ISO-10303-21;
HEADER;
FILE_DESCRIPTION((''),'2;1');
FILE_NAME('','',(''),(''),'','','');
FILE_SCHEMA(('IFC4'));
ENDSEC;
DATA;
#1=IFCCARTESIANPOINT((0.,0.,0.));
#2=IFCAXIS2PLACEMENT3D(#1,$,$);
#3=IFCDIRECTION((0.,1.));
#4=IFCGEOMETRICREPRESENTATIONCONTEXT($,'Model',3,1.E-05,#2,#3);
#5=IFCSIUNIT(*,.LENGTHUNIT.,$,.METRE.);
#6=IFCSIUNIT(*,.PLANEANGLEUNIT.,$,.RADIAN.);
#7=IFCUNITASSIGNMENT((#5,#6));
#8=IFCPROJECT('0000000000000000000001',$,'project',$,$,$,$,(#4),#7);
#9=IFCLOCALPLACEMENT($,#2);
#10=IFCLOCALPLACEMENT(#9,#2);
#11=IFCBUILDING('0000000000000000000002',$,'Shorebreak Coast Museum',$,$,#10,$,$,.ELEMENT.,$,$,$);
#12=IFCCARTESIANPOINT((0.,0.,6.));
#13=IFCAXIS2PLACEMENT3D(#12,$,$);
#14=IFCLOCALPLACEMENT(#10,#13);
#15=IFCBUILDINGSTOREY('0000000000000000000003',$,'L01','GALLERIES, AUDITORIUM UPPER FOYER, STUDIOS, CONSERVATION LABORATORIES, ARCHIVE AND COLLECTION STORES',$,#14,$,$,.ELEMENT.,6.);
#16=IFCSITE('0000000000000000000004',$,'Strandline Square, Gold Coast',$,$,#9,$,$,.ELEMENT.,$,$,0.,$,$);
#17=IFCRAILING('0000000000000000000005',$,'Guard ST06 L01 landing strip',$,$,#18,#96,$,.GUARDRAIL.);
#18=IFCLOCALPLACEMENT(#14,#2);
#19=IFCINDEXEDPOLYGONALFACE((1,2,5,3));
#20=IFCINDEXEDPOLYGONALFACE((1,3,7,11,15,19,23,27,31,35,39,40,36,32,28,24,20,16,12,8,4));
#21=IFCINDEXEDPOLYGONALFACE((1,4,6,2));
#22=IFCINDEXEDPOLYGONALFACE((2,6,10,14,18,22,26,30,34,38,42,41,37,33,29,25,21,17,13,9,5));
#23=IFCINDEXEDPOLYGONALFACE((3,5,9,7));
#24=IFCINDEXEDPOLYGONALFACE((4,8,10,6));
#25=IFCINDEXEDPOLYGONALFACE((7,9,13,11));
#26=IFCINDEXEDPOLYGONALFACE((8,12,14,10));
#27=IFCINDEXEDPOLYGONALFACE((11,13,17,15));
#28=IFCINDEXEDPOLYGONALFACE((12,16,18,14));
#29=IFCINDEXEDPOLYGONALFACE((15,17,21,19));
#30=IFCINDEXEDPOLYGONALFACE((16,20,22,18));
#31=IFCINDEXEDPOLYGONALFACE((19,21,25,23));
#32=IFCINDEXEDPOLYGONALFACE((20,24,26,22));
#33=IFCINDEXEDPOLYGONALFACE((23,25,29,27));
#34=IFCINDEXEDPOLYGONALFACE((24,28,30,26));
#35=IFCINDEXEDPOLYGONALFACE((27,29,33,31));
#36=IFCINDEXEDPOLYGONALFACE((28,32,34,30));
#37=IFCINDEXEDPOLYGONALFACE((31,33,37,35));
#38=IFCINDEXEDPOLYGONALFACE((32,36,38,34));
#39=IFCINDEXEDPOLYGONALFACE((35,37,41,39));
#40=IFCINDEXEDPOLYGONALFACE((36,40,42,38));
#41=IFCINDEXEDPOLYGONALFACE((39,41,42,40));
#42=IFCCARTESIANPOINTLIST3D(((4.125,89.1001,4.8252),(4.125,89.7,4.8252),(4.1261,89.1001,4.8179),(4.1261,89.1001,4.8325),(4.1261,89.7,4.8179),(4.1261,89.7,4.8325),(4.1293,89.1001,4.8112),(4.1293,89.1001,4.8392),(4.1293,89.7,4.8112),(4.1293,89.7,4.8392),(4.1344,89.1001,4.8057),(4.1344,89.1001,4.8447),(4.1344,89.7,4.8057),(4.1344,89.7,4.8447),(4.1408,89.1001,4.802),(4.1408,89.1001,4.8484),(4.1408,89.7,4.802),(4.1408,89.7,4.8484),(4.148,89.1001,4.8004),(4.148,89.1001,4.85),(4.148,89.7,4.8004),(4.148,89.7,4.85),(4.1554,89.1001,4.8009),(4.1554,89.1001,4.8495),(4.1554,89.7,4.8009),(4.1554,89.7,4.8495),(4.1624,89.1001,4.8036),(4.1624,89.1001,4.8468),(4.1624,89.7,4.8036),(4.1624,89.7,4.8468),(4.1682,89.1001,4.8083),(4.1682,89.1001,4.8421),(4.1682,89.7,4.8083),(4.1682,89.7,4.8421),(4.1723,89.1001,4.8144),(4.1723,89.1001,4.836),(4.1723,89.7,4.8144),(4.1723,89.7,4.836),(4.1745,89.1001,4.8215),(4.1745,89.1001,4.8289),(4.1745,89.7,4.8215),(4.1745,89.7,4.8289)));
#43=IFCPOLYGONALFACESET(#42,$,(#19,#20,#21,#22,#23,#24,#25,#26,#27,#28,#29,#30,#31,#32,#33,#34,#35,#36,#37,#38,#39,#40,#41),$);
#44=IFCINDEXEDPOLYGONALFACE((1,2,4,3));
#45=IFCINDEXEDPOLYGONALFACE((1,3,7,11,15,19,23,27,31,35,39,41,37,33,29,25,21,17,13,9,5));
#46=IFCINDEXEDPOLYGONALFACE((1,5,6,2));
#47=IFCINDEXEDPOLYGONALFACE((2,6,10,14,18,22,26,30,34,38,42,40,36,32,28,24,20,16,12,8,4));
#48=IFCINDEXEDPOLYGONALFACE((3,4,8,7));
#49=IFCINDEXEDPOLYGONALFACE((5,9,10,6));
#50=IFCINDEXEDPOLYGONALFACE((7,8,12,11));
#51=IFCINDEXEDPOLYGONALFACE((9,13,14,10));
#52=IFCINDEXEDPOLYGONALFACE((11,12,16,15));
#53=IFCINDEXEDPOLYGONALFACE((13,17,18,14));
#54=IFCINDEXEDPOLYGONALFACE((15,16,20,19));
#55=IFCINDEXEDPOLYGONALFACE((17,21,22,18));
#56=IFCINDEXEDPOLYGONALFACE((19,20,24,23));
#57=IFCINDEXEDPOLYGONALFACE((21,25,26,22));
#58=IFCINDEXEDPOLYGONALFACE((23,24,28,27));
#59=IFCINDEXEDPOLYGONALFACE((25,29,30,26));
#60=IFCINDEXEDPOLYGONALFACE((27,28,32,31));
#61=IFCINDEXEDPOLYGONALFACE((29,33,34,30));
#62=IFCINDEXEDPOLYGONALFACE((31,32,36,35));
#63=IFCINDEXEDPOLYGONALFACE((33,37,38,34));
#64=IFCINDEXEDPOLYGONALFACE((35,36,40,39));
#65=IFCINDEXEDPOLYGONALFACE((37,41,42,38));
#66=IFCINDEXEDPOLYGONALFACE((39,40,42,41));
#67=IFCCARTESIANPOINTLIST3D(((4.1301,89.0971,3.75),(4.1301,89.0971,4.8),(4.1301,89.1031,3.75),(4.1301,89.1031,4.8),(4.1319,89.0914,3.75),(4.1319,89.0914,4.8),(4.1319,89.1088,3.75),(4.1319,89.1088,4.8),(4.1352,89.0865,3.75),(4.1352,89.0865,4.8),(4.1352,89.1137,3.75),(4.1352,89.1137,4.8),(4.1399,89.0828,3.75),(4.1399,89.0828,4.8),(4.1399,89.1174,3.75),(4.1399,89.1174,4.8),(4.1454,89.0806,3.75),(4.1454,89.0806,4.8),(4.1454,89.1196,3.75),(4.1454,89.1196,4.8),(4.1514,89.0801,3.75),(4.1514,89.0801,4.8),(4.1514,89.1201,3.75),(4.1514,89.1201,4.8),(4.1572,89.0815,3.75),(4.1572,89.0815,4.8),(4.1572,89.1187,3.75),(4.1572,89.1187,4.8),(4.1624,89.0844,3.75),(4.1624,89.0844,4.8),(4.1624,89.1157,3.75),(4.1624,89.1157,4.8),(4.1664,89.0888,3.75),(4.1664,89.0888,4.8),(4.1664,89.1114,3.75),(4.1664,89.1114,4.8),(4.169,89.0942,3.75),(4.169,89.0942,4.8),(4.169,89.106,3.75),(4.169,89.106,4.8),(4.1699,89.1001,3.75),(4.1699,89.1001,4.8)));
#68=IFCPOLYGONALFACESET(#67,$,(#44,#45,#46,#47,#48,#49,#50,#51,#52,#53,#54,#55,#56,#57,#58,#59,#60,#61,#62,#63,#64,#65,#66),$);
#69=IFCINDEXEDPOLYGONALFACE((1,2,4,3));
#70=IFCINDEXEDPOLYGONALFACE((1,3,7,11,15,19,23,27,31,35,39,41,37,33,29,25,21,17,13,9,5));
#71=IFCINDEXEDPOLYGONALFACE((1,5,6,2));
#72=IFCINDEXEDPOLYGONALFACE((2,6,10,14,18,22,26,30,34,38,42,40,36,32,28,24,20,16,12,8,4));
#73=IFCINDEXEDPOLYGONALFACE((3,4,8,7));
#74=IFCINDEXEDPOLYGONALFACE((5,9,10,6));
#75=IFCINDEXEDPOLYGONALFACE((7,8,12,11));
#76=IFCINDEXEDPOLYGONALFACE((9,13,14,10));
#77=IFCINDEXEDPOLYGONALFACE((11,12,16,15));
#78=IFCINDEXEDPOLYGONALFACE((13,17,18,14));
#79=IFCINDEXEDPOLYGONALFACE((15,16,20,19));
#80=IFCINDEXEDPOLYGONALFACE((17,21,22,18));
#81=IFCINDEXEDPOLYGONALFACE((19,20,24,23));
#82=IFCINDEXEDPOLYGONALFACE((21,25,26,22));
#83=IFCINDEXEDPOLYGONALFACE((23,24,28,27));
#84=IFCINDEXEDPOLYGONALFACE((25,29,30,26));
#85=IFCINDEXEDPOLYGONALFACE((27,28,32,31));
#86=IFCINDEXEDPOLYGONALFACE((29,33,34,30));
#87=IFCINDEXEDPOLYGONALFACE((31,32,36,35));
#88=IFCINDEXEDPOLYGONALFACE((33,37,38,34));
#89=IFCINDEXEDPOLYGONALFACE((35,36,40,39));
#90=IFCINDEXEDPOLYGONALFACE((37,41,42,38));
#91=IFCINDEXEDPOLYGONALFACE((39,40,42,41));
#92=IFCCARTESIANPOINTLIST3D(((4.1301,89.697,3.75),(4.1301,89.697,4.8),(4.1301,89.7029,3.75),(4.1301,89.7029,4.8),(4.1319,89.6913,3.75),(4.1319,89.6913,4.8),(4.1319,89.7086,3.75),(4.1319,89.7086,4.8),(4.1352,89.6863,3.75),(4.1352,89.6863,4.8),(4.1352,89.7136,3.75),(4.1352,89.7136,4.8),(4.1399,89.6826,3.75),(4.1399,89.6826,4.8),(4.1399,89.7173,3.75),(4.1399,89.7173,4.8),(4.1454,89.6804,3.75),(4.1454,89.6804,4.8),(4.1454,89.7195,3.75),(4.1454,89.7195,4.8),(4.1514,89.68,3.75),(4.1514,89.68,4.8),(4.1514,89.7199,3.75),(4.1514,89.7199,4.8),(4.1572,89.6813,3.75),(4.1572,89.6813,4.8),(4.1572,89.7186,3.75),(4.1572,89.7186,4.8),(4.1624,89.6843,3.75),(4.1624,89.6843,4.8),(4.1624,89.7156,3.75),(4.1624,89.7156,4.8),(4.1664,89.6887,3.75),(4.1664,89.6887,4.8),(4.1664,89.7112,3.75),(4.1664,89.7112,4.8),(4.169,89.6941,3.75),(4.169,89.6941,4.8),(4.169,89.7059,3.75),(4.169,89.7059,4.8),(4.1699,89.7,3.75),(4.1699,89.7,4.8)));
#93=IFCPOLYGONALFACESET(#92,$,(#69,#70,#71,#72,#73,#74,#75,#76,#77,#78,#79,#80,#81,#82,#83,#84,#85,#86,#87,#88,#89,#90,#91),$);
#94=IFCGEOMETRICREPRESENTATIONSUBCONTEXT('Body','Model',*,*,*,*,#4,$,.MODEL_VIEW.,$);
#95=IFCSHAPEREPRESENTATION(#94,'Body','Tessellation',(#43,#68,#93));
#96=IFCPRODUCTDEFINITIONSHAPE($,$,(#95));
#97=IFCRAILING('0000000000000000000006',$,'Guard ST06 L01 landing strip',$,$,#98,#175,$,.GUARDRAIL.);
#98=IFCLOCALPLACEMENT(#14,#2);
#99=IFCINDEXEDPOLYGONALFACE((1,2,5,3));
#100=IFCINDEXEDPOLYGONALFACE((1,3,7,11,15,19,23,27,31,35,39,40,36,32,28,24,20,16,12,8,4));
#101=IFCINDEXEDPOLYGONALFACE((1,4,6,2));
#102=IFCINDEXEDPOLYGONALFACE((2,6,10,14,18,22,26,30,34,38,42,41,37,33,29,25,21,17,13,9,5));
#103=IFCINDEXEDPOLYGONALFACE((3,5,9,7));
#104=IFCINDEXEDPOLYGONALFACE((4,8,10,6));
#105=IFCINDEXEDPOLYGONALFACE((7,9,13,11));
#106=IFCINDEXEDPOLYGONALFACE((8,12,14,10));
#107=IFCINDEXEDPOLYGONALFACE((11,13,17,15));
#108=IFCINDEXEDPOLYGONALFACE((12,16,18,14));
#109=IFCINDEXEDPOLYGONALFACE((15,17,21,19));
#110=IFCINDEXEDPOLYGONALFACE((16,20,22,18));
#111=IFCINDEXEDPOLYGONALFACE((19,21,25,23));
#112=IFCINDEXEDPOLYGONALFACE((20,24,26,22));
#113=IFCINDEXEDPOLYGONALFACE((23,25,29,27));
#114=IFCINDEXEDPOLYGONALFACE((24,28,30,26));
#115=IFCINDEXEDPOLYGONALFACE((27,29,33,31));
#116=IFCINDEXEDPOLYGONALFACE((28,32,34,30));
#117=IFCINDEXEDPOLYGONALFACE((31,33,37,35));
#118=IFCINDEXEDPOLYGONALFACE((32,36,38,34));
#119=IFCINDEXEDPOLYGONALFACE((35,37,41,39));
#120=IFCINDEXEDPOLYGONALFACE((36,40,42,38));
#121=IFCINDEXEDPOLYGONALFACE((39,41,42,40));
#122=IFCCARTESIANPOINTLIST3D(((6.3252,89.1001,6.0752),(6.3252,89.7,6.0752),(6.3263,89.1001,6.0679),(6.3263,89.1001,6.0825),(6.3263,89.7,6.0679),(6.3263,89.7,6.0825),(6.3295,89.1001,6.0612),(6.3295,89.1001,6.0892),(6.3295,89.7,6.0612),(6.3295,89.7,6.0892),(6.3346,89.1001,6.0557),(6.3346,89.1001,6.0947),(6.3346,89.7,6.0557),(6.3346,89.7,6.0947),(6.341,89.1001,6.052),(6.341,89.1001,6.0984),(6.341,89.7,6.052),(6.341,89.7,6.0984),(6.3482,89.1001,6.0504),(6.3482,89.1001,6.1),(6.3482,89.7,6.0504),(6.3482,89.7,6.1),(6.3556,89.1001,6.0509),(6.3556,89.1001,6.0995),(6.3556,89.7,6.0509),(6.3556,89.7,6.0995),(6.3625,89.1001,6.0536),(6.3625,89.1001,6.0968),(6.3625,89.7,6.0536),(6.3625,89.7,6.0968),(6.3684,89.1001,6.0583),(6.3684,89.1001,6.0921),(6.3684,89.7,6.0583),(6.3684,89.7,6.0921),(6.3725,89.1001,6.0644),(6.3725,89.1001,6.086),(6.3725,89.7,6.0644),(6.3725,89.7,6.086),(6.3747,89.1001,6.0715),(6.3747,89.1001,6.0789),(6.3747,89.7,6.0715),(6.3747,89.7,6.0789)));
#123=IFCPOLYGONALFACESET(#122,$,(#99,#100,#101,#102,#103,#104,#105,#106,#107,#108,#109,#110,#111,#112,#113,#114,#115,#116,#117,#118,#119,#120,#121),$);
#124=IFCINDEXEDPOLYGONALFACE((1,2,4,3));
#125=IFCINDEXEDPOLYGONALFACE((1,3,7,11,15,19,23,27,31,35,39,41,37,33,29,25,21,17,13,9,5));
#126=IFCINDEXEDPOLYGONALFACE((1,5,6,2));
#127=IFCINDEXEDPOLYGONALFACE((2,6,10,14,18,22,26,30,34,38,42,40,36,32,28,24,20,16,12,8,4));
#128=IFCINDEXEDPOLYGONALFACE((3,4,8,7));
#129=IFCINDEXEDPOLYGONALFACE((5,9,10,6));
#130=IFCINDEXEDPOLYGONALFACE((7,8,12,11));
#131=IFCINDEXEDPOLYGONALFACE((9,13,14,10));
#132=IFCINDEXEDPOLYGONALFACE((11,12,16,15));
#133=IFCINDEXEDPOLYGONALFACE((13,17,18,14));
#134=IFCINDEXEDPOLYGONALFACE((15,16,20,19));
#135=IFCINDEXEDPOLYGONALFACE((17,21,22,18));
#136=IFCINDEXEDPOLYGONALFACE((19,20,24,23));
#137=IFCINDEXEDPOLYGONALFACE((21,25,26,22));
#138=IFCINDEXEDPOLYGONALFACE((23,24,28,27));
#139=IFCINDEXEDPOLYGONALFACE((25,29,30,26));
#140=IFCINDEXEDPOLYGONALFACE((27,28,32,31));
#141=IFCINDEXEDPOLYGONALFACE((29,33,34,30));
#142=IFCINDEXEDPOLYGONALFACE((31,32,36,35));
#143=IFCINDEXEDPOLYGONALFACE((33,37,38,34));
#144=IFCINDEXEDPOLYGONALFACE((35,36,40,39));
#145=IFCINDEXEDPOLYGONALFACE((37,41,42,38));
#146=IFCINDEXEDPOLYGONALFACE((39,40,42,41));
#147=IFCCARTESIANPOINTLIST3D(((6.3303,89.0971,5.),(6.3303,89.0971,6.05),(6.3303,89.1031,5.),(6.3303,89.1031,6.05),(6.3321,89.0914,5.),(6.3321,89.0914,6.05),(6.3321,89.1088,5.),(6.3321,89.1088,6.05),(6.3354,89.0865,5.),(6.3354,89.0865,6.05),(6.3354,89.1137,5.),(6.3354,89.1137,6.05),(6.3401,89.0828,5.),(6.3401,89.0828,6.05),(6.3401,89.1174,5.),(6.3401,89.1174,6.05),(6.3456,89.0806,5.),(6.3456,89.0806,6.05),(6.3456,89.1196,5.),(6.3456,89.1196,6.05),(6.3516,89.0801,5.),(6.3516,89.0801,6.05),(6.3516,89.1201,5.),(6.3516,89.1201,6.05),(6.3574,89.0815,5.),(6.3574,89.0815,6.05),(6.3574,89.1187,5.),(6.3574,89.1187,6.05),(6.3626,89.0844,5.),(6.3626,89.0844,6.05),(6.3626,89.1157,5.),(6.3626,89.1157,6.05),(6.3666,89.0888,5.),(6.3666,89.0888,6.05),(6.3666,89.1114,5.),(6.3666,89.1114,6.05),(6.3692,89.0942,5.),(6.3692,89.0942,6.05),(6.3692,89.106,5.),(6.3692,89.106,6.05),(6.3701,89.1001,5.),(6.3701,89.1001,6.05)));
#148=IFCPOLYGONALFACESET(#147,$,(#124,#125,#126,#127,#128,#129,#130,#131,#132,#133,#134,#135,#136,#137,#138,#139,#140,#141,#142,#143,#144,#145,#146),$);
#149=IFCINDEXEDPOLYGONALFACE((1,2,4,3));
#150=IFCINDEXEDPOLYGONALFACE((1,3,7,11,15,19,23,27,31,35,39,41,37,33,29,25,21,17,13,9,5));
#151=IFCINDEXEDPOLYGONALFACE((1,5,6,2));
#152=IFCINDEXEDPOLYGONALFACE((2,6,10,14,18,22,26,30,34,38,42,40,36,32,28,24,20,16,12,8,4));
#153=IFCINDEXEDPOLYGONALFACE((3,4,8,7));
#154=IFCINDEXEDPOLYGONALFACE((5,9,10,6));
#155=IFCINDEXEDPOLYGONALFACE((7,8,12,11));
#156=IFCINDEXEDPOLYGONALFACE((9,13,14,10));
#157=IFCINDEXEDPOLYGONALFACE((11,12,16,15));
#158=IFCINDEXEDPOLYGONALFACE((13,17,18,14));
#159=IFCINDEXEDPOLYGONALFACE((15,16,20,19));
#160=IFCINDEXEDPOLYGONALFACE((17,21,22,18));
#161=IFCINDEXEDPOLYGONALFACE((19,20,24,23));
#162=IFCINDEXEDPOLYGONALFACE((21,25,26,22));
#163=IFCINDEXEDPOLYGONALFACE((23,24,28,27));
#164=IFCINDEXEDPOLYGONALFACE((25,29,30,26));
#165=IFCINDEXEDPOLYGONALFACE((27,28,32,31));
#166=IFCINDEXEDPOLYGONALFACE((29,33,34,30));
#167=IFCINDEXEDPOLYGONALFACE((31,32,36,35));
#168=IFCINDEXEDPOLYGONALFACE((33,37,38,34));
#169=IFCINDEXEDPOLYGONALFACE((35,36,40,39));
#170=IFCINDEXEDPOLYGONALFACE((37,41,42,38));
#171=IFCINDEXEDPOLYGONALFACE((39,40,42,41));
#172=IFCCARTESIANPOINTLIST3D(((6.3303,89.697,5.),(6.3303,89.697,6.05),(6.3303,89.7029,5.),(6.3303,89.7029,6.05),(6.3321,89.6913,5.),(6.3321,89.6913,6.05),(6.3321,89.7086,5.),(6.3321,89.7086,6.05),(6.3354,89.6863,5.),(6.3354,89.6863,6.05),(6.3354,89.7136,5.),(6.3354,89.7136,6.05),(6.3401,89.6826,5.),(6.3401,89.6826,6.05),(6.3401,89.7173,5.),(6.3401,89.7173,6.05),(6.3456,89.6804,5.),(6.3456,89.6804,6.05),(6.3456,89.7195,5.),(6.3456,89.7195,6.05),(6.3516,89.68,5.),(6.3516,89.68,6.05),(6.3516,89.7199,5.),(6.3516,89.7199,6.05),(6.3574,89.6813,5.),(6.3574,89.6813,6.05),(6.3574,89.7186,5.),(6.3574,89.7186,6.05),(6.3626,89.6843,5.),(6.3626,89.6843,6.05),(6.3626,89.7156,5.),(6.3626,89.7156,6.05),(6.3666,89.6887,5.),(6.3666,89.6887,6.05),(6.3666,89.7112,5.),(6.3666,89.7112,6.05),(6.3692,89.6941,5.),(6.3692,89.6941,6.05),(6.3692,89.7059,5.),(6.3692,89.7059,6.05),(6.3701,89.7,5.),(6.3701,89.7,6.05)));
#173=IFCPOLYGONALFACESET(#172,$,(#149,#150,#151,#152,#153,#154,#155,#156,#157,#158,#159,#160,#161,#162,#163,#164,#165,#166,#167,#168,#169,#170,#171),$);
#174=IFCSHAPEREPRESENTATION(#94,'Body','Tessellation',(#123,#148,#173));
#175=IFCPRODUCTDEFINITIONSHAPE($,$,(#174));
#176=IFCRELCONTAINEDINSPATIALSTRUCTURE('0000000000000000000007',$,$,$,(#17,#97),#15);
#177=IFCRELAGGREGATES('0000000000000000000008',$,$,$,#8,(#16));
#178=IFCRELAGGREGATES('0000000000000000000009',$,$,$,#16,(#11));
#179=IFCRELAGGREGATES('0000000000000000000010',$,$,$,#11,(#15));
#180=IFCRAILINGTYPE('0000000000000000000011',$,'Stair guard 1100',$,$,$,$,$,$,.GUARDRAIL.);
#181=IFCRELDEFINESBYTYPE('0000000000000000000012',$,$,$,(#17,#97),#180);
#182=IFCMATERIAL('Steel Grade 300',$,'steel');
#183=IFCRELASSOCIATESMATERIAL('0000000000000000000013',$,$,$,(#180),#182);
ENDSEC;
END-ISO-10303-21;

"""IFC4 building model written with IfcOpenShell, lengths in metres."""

from ifc_helpers import new_model, si_unit, direction, frame, origin, origin_2d, place, context, subcontext, project, spatial, circle, extrude, material, type_object, element, save


model = new_model("IFC4")

# Units and contexts
model_context = context("Model", 3, precision=1e-05, world=origin(), true_north=direction((0.0, 1.0)))
body_context = subcontext(model_context, "Body", "Model", "MODEL_VIEW")
ifc_project = project(units=[si_unit("LENGTHUNIT", "METRE"), si_unit("PLANEANGLEUNIT", "RADIAN")], contexts=[model_context])

# Site, building, storey
site_placement = place(None, origin())
site = spatial("IfcSite", under=ifc_project, at=site_placement, Name="Strandline Square, Gold Coast", CompositionType="ELEMENT", RefElevation=0.0)
building_placement = place(site_placement, origin())
building = spatial("IfcBuilding", under=site, at=building_placement, Name="Shorebreak Coast Museum", CompositionType="ELEMENT")
storey_placement = place(building_placement, frame((0.0, 0.0, 6.0)))
storey = spatial("IfcBuildingStorey", under=building, at=storey_placement, Name="L01", Description="GALLERIES, AUDITORIUM UPPER FOYER, STUDIOS, CONSERVATION LABORATORIES, ARCHIVE AND COLLECTION STORES", CompositionType="ELEMENT", Elevation=6.0)

# Railings
ifc_material_1 = material(Name="Steel Grade 300", Category="steel")
railing_type_1 = type_object("IfcRailingType", Name="Stair guard 1100", PredefinedType="GUARDRAIL", material=ifc_material_1)
for number, where, name in (
    (1, (4.1499, 89.1001, 3.75), "Guard ST06 L01 landing strip"),
    (2, (6.3501, 89.1001, 5.0), "Guard ST06 L01 landing strip"),
):
    element("IfcRailing", number, at=place(storey_placement, frame(where)), inside=storey, type_object=railing_type_1, Name=name, PredefinedType="GUARDRAIL", context=body_context, shape_type="SweptSolid", body=[
        extrude(circle(Radius=0.0249, at=origin_2d()), frame((0.0, 0.0, 1.0752), z_axis=(0.0, 1.0, 0.0), x_axis=(-1.0, 0.0, 0.0)), (0.0, 0.0, 1.0), 0.5999),
        extrude(circle(Radius=0.02, at=origin_2d()), origin(), (0.0, 0.0, 1.0), 1.05),
        extrude(circle(Radius=0.02, at=origin_2d()), frame((0.0, 0.5999, 0.0)), (0.0, 0.0, 1.0), 1.05),
    ])

save(model, "model.ifc")
